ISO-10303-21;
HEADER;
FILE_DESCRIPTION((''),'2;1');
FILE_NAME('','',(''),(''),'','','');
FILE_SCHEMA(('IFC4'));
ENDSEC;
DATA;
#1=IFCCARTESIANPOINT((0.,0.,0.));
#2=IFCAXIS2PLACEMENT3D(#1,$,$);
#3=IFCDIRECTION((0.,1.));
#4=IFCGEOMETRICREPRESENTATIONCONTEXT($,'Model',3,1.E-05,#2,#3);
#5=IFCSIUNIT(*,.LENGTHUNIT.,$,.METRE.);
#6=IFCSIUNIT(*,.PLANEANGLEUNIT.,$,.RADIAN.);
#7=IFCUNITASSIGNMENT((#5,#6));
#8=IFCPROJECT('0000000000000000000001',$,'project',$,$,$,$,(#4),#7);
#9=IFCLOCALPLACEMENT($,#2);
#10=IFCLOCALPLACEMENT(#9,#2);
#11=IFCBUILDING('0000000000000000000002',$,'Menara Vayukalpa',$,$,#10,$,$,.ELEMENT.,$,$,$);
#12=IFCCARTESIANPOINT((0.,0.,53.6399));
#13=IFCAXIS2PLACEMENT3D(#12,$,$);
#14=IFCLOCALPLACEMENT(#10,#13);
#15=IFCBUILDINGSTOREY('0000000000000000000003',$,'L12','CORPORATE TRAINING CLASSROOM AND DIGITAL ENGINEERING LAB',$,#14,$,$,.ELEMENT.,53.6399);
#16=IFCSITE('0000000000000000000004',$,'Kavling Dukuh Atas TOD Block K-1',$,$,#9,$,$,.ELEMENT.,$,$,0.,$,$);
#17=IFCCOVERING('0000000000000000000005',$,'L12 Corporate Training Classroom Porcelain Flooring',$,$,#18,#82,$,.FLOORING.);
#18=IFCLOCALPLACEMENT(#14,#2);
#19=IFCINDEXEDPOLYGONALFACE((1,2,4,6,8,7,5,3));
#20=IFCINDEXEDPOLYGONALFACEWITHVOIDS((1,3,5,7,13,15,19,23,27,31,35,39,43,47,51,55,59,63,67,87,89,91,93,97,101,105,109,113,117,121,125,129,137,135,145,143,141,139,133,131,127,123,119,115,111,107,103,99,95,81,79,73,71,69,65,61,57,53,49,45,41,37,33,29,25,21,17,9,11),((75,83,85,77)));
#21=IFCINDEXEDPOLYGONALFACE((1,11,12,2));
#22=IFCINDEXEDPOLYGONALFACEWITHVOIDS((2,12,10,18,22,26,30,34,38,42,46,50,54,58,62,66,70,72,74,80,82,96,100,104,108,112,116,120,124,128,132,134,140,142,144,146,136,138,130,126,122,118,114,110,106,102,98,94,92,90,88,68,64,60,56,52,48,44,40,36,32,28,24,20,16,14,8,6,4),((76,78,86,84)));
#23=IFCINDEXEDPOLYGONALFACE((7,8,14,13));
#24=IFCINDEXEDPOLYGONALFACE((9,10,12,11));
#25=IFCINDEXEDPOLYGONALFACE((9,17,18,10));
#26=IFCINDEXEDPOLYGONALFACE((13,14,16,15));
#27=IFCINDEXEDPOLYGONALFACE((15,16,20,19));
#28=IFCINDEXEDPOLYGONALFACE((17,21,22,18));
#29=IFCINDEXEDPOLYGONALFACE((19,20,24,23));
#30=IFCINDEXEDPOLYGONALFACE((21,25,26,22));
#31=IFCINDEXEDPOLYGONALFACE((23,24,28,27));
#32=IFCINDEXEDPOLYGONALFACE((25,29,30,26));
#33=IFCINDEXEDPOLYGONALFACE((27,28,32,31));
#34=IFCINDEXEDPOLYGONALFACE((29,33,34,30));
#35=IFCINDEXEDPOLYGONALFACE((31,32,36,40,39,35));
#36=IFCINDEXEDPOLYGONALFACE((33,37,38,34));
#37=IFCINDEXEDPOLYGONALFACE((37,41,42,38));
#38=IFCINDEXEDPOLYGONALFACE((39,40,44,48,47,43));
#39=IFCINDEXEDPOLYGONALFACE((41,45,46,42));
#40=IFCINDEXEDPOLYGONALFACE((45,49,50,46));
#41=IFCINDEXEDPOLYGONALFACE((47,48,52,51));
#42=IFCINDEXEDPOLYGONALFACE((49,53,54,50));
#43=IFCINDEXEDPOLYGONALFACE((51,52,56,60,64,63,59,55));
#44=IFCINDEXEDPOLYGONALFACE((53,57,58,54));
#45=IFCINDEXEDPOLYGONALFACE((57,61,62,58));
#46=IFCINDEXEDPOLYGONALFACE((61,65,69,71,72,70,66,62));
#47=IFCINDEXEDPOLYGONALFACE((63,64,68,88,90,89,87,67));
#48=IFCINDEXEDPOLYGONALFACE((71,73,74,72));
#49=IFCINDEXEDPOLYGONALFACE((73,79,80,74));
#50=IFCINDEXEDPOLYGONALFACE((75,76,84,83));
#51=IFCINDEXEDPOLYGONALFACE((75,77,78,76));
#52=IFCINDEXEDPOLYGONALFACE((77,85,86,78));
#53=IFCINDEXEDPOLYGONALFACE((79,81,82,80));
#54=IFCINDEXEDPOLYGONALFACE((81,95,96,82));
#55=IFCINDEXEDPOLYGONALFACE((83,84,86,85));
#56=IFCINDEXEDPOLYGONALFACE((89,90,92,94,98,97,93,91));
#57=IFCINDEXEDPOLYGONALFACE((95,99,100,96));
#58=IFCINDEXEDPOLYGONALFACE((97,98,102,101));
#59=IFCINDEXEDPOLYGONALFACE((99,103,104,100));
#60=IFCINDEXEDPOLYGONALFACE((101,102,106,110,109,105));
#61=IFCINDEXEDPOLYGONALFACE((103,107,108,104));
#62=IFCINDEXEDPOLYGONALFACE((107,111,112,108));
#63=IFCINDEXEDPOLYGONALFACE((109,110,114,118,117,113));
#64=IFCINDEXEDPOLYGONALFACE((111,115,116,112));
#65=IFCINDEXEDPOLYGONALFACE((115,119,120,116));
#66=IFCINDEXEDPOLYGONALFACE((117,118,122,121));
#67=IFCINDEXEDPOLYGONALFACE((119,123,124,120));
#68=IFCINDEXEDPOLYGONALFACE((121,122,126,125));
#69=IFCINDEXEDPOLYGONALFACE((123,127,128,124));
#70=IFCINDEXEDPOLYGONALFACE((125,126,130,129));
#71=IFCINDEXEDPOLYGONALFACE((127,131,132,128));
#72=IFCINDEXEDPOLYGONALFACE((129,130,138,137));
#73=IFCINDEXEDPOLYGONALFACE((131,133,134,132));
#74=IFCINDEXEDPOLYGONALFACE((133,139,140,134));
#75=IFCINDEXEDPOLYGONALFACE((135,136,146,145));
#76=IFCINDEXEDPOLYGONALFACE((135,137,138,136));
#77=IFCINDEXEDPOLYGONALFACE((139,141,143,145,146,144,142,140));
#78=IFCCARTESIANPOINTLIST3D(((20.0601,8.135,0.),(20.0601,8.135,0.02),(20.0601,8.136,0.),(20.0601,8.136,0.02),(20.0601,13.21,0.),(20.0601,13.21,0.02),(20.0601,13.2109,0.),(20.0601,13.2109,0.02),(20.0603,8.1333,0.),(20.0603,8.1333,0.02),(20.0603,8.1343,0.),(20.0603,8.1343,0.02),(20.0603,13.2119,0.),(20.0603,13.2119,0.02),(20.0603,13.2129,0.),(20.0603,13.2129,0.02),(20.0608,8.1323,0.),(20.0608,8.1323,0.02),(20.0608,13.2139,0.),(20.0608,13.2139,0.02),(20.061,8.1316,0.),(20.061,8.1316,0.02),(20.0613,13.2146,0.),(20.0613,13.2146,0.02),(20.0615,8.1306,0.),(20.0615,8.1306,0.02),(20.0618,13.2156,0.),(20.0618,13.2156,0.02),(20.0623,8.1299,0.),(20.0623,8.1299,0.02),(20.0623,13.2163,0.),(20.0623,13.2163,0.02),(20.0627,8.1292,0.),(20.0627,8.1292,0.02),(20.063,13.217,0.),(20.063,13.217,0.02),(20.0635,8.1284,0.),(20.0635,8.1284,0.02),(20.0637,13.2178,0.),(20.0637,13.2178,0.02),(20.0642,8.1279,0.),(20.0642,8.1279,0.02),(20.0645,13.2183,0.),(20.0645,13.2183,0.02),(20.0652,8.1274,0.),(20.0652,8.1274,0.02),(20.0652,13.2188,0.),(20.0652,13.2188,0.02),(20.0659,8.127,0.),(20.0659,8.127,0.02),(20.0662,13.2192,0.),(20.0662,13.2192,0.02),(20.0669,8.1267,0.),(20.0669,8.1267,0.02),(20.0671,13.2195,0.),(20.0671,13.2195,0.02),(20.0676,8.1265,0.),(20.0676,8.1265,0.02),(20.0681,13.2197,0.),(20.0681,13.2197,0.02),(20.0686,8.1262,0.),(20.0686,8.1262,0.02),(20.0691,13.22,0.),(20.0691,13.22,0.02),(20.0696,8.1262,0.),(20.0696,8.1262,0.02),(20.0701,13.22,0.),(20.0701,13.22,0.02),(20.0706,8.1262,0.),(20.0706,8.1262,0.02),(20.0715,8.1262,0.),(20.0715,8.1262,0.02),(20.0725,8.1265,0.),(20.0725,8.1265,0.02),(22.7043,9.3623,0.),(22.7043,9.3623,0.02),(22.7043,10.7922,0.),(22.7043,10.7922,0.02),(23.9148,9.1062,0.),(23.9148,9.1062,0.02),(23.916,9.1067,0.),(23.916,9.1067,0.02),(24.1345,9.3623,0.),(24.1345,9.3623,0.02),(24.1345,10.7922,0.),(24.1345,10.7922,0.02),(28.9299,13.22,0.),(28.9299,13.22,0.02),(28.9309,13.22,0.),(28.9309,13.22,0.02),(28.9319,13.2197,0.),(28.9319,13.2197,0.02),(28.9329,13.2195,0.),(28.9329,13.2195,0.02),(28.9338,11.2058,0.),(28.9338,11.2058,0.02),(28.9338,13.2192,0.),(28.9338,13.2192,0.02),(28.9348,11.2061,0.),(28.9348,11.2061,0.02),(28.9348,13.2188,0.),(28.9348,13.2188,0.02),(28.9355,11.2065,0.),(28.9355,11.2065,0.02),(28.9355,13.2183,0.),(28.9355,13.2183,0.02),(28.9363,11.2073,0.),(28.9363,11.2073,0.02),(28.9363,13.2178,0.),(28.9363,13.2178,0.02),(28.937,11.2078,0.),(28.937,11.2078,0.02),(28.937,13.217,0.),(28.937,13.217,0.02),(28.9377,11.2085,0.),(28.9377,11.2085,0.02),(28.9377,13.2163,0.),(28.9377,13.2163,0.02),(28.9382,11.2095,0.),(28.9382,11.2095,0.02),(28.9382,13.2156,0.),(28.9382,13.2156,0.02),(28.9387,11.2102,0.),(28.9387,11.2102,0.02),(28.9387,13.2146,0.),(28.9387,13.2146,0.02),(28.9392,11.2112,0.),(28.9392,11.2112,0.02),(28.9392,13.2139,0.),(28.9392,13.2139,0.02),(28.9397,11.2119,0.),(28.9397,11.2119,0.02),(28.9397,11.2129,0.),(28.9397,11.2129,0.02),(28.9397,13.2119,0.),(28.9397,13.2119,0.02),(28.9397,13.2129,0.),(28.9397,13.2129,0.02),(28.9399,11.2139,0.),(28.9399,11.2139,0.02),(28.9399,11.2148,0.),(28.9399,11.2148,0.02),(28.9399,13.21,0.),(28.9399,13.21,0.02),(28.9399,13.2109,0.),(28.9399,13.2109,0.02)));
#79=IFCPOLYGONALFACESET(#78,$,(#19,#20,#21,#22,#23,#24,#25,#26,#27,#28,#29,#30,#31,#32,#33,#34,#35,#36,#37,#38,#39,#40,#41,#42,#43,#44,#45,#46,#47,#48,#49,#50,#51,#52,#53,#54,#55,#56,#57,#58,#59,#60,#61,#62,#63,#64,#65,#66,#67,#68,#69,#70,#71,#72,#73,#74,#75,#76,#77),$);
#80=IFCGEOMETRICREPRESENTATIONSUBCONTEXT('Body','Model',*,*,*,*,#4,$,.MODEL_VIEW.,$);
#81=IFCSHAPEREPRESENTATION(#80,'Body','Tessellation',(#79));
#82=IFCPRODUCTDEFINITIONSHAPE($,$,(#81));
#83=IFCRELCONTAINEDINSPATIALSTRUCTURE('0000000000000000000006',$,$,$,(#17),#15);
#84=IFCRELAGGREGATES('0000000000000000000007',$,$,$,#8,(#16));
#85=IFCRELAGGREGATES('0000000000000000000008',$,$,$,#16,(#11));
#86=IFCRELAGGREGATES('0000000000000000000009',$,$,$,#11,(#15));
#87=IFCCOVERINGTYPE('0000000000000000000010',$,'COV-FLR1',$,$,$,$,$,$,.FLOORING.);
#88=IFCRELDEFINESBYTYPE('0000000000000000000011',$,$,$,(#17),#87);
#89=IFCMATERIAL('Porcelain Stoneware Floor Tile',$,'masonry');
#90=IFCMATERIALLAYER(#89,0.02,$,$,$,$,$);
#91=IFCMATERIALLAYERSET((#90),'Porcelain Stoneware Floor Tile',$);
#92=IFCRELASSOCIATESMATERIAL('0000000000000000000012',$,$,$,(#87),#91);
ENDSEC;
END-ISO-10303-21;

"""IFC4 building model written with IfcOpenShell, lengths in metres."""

from ifc_helpers import new_model, si_unit, direction, frame, origin, place, context, subcontext, project, spatial, polyline, outline, extrude, material, layer, layer_set, type_object, element, save


model = new_model("IFC4")

# Units and contexts
model_context = context("Model", 3, precision=1e-05, world=origin(), true_north=direction((0.0, 1.0)))
body_context = subcontext(model_context, "Body", "Model", "MODEL_VIEW")
ifc_project = project(units=[si_unit("LENGTHUNIT", "METRE"), si_unit("PLANEANGLEUNIT", "RADIAN")], contexts=[model_context])

# Site, building, storey
site_placement = place(None, origin())
site = spatial("IfcSite", under=ifc_project, at=site_placement, Name="Kavling Dukuh Atas TOD Block K-1", CompositionType="ELEMENT", RefElevation=0.0)
building_placement = place(site_placement, origin())
building = spatial("IfcBuilding", under=site, at=building_placement, Name="Menara Vayukalpa", CompositionType="ELEMENT")
storey_placement = place(building_placement, frame((0.0, 0.0, 53.6399)))
storey = spatial("IfcBuildingStorey", under=building, at=storey_placement, Name="L12", Description="CORPORATE TRAINING CLASSROOM AND DIGITAL ENGINEERING LAB", CompositionType="ELEMENT", Elevation=53.6399)

# Covering
ifc_material_1 = material(Name="Porcelain Stoneware Floor Tile", Category="masonry")
ifc_layer_1 = layer(ifc_material_1, 0.02)
ifc_layer_set_1 = layer_set([ifc_layer_1], Name="Porcelain Stoneware Floor Tile")
covering_type_1 = type_object("IfcCoveringType", Name="COV-FLR1", PredefinedType="FLOORING", material=ifc_layer_set_1)
covering_1_placement = place(storey_placement, origin())
element("IfcCovering", 1, at=covering_1_placement, inside=storey, type_object=covering_type_1, Name="L12 Corporate Training Classroom Porcelain Flooring", PredefinedType="FLOORING", context=body_context, shape_type="SweptSolid", body=[
    extrude(outline(polyline([(20.0725, 8.1265), (20.0715, 8.1262), (20.0706, 8.1262), (20.0696, 8.1262), (20.0686, 8.1262), (20.0676, 8.1265), (20.0669, 8.1267), (20.0659, 8.127), (20.0652, 8.1274), (20.0642, 8.1279), (20.0635, 8.1284), (20.0627, 8.1292), (20.0623, 8.1299), (20.0615, 8.1306), (20.061, 8.1316), (20.0608, 8.1323), (20.0603, 8.1333), (20.0603, 8.1343), (20.0601, 8.135), (20.0601, 8.136), (20.0601, 13.21), (20.0601, 13.2109), (20.0603, 13.2119), (20.0603, 13.2129), (20.0608, 13.2139), (20.0613, 13.2146), (20.0618, 13.2156), (20.0623, 13.2163), (20.063, 13.217), (20.0637, 13.2178), (20.0645, 13.2183), (20.0652, 13.2188), (20.0662, 13.2192), (20.0671, 13.2195), (20.0681, 13.2197), (20.0691, 13.22), (20.0701, 13.22), (28.9299, 13.22), (28.9309, 13.22), (28.9319, 13.2197), (28.9329, 13.2195), (28.9338, 13.2192), (28.9348, 13.2188), (28.9355, 13.2183), (28.9363, 13.2178), (28.937, 13.217), (28.9377, 13.2163), (28.9382, 13.2156), (28.9387, 13.2146), (28.9392, 13.2139), (28.9397, 13.2129), (28.9397, 13.2119), (28.9399, 13.2109), (28.9399, 13.21), (28.9399, 11.2148), (28.9399, 11.2139), (28.9397, 11.2129), (28.9397, 11.2119), (28.9392, 11.2112), (28.9387, 11.2102), (28.9382, 11.2095), (28.9377, 11.2085), (28.937, 11.2078), (28.9363, 11.2073), (28.9355, 11.2065), (28.9348, 11.2061), (28.9338, 11.2058), (23.916, 9.1067), (23.9148, 9.1062), (20.0725, 8.1265)]), holes=[polyline([(24.1345, 10.7922), (22.7043, 10.7922), (22.7043, 9.3623), (24.1345, 9.3623), (24.1345, 10.7922)])]), origin(), (0.0, 0.0, 1.0), 0.02),
])

save(model, "model.ifc")
